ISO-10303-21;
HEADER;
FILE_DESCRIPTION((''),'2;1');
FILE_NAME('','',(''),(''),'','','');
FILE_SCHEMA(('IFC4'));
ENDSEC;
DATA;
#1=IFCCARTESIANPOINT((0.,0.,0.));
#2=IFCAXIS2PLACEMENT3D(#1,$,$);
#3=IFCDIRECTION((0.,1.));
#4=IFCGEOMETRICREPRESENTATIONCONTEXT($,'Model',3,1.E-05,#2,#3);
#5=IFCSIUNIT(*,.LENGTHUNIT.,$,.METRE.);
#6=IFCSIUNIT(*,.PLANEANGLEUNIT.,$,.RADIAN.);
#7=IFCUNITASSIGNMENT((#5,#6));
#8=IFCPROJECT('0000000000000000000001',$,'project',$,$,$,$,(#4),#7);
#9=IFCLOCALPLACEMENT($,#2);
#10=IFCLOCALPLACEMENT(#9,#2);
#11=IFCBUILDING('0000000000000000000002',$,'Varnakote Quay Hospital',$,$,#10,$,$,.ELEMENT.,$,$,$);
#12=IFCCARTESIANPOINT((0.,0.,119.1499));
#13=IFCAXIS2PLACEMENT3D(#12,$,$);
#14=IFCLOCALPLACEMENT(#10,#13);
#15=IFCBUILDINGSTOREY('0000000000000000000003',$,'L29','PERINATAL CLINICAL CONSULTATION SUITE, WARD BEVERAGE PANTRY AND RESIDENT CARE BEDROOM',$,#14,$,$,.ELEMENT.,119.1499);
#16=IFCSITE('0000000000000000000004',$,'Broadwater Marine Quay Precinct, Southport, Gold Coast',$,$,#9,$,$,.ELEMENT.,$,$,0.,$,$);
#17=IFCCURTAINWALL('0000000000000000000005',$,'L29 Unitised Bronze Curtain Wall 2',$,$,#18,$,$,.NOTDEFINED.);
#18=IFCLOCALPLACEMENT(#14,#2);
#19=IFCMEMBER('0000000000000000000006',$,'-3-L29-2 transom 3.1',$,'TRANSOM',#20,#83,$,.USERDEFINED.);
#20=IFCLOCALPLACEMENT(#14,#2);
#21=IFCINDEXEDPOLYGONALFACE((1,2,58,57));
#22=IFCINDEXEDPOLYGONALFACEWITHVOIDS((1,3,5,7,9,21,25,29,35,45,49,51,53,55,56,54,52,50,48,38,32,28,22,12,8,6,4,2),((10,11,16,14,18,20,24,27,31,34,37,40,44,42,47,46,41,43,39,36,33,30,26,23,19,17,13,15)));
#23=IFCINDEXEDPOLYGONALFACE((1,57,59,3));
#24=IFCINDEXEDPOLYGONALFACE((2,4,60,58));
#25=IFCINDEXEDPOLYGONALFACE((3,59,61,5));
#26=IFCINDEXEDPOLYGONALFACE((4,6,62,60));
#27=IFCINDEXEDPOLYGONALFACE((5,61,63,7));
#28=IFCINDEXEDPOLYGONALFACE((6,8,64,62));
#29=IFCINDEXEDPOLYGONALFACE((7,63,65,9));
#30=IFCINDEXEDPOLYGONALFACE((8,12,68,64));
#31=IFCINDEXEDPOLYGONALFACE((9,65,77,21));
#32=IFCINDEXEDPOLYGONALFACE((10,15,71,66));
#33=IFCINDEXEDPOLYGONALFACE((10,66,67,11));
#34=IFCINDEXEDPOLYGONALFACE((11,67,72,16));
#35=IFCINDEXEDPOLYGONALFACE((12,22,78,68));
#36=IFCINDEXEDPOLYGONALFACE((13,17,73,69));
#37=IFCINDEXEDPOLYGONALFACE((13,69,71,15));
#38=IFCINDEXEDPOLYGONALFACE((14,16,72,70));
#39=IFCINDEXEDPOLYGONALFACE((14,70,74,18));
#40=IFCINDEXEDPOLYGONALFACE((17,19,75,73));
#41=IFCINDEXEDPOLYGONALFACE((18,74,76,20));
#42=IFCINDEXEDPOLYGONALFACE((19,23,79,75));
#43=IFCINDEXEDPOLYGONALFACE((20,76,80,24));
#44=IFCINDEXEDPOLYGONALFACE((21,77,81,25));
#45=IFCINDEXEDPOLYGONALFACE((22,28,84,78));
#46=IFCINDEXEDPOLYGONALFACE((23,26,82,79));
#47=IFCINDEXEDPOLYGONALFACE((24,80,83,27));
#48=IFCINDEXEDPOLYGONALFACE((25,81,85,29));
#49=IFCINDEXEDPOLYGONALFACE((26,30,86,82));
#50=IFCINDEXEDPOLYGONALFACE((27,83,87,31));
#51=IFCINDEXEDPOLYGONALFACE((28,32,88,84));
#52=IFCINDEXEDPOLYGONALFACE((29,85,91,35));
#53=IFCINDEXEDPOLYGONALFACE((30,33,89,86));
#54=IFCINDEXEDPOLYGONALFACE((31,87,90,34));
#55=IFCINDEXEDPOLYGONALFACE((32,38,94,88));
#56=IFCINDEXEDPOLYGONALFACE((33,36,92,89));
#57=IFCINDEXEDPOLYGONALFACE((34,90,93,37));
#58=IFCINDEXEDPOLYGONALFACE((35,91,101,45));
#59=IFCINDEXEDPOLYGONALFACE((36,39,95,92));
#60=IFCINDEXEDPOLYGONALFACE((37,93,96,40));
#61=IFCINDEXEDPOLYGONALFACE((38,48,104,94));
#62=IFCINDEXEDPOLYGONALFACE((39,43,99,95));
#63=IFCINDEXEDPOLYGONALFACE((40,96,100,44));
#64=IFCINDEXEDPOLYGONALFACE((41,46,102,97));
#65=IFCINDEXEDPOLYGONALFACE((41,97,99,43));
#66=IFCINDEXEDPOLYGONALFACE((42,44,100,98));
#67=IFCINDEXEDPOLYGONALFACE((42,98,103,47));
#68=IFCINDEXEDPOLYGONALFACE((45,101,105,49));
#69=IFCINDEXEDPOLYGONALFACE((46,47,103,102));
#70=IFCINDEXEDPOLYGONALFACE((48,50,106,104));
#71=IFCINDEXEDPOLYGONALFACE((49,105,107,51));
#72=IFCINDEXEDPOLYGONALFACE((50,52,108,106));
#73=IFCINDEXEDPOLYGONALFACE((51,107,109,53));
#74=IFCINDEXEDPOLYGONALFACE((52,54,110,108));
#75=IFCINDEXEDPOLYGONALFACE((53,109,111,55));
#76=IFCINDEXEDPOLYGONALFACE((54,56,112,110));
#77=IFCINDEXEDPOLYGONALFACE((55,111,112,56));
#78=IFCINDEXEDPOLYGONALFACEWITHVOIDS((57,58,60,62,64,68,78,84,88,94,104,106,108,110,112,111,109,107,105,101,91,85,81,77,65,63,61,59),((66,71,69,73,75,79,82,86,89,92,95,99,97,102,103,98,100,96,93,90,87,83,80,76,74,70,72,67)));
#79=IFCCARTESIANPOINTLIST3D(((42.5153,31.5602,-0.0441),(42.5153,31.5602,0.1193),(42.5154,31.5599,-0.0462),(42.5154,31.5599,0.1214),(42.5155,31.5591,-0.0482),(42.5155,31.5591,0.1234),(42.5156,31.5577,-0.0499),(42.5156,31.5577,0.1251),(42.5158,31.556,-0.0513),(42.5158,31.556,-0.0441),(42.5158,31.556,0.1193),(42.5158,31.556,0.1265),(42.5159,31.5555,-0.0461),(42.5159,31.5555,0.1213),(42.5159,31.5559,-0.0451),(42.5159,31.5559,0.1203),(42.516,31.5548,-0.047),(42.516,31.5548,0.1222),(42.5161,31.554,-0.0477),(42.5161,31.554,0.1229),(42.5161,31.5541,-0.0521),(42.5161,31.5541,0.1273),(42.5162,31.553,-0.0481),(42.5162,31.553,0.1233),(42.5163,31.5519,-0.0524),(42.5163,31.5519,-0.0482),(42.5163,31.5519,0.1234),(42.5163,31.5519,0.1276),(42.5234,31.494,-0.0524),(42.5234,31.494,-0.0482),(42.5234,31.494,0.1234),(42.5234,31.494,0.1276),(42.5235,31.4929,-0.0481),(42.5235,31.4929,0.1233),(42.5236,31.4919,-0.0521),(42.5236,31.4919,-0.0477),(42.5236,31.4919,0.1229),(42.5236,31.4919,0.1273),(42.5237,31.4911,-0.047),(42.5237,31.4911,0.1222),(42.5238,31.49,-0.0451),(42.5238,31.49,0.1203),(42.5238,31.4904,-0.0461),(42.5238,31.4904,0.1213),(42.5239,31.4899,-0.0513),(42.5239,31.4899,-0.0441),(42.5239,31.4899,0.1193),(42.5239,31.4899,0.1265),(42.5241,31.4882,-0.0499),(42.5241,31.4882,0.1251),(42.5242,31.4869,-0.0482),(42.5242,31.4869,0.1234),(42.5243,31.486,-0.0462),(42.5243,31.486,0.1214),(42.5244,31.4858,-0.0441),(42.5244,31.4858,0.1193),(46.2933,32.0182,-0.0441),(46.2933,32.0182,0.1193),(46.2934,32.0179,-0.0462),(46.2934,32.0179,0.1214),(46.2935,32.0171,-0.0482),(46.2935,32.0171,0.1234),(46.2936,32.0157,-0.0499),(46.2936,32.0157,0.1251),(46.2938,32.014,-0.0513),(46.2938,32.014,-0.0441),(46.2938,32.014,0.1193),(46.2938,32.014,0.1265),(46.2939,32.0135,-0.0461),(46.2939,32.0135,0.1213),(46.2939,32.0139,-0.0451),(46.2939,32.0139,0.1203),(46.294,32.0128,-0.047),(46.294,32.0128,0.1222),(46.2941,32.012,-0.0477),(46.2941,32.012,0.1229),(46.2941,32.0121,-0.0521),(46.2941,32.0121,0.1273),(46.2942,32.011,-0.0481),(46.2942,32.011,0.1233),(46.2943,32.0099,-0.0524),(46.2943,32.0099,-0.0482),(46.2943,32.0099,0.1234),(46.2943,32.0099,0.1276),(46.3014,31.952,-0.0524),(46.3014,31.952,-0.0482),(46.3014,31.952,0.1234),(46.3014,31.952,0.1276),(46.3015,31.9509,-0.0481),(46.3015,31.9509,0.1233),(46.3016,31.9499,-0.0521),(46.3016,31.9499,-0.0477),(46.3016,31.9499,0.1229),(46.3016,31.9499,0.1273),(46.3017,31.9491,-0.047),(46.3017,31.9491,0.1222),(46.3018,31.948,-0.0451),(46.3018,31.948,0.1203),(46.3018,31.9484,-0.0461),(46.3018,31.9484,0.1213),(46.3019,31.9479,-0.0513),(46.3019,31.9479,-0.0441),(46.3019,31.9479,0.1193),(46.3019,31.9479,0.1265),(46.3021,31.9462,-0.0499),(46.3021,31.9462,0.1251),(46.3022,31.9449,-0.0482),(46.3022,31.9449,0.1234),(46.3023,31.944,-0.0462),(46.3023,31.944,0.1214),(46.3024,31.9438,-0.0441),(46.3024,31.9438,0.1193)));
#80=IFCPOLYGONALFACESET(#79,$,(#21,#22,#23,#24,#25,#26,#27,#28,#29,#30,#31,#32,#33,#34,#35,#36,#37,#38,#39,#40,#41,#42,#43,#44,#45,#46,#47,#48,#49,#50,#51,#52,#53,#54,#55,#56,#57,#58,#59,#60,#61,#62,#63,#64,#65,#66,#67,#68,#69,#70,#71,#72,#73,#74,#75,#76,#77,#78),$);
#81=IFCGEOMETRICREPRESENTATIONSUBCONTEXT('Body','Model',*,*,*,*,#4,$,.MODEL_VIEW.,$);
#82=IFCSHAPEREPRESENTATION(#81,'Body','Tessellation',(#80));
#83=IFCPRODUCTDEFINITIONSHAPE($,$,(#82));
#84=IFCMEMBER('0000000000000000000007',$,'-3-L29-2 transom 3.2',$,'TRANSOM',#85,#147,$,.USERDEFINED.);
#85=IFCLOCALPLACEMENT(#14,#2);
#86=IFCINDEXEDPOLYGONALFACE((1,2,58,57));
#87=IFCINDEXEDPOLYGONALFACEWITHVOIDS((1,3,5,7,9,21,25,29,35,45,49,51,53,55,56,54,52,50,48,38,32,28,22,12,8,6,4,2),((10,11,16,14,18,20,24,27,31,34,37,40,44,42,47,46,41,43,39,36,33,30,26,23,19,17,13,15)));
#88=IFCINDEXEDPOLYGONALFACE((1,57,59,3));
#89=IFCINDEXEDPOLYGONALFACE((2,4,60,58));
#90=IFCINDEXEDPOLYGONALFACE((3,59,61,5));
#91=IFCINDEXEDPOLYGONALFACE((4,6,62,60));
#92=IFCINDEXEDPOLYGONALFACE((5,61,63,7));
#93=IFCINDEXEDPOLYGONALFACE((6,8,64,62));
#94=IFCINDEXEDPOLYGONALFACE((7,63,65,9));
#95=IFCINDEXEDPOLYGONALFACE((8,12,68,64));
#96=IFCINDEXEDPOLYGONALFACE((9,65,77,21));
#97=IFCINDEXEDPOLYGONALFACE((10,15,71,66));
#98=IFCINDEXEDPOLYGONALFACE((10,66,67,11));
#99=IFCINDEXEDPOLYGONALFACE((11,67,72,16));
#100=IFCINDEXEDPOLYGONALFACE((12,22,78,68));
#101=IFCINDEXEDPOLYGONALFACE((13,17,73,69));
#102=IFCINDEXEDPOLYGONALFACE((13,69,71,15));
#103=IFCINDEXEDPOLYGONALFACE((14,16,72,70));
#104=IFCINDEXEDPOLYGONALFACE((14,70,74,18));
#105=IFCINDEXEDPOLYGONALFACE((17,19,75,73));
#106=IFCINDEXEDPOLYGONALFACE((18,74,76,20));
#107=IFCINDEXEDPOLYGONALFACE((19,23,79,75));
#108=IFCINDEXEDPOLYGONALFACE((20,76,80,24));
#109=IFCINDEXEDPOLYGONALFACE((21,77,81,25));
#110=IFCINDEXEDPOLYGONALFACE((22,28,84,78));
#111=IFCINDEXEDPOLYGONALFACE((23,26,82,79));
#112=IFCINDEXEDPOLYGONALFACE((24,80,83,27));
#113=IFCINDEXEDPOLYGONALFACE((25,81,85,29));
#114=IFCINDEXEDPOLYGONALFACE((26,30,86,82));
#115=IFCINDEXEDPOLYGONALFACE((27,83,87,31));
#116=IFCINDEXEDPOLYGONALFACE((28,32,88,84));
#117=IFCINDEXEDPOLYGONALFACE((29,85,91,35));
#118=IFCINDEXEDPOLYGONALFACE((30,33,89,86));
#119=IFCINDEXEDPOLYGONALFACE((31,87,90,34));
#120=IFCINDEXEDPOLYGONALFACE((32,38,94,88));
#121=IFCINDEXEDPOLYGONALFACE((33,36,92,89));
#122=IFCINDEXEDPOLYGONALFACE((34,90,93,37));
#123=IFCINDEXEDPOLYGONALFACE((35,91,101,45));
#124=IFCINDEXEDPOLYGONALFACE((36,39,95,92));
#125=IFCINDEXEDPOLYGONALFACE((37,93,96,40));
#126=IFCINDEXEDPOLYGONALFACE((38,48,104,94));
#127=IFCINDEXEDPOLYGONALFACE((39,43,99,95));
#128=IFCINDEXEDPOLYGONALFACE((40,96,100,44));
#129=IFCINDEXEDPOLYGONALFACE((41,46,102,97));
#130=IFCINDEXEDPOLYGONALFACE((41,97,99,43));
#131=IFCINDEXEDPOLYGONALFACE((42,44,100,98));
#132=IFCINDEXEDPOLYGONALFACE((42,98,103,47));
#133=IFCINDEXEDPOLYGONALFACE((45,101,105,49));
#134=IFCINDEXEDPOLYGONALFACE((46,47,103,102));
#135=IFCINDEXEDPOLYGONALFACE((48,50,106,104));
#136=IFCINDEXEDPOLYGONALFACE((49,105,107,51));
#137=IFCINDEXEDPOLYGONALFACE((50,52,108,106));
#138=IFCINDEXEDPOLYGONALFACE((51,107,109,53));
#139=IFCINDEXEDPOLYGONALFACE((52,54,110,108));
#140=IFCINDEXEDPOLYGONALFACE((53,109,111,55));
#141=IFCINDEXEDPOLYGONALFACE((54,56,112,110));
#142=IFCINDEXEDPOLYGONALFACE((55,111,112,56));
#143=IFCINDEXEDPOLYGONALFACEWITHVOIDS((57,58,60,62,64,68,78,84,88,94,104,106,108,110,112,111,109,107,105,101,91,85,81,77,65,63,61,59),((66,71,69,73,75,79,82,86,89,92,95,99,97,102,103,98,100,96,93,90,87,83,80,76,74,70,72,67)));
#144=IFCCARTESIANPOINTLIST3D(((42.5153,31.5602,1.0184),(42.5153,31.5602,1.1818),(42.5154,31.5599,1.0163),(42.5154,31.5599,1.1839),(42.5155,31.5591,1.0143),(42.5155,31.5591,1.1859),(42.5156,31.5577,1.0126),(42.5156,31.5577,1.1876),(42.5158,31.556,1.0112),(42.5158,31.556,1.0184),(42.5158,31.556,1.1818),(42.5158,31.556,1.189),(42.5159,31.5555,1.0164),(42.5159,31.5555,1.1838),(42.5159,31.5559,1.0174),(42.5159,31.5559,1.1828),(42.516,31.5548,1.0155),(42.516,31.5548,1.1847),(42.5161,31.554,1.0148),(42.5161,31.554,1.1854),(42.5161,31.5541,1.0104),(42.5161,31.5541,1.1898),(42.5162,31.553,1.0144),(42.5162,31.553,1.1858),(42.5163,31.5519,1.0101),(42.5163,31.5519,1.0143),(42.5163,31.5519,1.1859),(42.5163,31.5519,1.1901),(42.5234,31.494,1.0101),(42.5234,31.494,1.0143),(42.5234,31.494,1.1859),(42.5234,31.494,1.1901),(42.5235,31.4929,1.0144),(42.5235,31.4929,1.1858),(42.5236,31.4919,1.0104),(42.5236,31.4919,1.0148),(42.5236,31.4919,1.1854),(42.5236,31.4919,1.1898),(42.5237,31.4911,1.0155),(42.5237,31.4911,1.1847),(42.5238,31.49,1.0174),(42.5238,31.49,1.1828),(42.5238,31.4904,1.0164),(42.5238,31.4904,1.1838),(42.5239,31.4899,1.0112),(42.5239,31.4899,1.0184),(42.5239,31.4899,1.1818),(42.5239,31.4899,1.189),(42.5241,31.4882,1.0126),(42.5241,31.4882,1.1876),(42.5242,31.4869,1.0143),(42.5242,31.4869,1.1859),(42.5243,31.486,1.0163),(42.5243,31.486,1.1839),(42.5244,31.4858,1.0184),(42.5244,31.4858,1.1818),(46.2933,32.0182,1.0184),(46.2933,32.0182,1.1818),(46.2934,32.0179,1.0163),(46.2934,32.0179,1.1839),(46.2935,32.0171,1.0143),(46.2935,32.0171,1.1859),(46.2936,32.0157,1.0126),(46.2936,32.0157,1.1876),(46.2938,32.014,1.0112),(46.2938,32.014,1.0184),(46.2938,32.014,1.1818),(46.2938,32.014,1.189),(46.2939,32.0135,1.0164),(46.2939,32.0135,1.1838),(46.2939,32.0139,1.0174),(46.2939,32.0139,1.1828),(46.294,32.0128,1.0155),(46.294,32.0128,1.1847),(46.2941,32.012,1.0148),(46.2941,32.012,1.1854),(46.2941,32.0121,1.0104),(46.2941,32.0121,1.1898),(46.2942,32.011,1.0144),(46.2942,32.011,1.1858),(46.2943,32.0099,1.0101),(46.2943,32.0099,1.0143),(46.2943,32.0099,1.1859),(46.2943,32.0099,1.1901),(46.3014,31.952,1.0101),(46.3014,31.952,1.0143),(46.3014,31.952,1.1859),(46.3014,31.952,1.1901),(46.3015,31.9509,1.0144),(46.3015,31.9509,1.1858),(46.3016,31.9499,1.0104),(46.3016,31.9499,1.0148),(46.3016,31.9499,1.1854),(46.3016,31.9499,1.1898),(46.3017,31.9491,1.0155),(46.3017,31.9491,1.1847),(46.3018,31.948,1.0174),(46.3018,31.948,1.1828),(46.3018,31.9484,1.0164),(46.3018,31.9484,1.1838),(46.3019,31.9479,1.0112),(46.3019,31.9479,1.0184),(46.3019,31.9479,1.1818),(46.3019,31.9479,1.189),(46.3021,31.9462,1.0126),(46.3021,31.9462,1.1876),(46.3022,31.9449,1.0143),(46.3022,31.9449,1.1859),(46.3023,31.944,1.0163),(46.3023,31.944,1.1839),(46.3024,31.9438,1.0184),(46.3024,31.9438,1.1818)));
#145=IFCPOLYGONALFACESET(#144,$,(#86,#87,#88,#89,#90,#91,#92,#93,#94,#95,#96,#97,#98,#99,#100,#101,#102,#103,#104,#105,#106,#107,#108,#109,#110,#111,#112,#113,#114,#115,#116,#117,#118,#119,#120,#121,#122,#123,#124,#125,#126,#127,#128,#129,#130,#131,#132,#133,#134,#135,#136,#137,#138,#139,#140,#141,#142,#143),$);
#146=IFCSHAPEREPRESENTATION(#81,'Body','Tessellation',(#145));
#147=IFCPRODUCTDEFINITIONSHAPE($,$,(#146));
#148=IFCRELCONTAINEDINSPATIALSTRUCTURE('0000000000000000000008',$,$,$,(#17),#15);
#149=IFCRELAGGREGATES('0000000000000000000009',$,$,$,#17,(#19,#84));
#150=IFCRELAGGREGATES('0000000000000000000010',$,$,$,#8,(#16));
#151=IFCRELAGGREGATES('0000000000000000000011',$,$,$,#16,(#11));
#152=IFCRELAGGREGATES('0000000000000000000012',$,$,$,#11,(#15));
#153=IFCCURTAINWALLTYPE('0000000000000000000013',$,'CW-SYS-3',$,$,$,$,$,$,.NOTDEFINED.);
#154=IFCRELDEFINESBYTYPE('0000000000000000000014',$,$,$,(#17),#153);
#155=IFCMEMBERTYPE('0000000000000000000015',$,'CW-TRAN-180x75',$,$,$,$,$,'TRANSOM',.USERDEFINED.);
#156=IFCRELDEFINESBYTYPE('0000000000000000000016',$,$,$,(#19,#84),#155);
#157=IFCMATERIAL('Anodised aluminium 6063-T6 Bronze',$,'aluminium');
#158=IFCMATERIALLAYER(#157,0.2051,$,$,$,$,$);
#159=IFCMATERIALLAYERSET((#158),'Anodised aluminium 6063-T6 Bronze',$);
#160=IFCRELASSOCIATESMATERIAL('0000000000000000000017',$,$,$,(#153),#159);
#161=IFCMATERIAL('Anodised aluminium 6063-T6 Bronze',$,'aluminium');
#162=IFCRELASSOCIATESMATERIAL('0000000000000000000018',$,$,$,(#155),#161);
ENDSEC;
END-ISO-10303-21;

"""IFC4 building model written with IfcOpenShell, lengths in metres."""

from ifc_helpers import new_model, si_unit, direction, frame, origin, origin_2d, place, context, subcontext, project, spatial, hollow_rectangle, extrude, material, layer, layer_set, material_profile, profile_set, type_object, element, aggregate, save


model = new_model("IFC4")

# Units and contexts
model_context = context("Model", 3, precision=1e-05, world=origin(), true_north=direction((0.0, 1.0)))
body_context = subcontext(model_context, "Body", "Model", "MODEL_VIEW")
ifc_project = project(units=[si_unit("LENGTHUNIT", "METRE"), si_unit("PLANEANGLEUNIT", "RADIAN")], contexts=[model_context])

# Site, building, storey
site_placement = place(None, origin())
site = spatial("IfcSite", under=ifc_project, at=site_placement, Name="Broadwater Marine Quay Precinct, Southport, Gold Coast", CompositionType="ELEMENT", RefElevation=0.0)
building_placement = place(site_placement, origin())
building = spatial("IfcBuilding", under=site, at=building_placement, Name="Varnakote Quay Hospital", CompositionType="ELEMENT")
storey_placement = place(building_placement, frame((0.0, 0.0, 119.1499)))
storey = spatial("IfcBuildingStorey", under=building, at=storey_placement, Name="L29", Description="PERINATAL CLINICAL CONSULTATION SUITE, WARD BEVERAGE PANTRY AND RESIDENT CARE BEDROOM", CompositionType="ELEMENT", Elevation=119.1499)

# Curtain wall, members
ifc_material_1 = material(Name="Anodised aluminium 6063-T6 Bronze", Category="aluminium")
ifc_layer_1 = layer(ifc_material_1, 0.2051)
ifc_layer_set_1 = layer_set([ifc_layer_1], Name="Anodised aluminium 6063-T6 Bronze")
curtain_wall_type = type_object("IfcCurtainWallType", Name="CW-SYS-3", PredefinedType="NOTDEFINED", material=ifc_layer_set_1)
curtain_wall_placement = place(storey_placement, origin())
curtain_wall = element("IfcCurtainWall", 1, at=curtain_wall_placement, inside=storey, type_object=curtain_wall_type, Name="L29 Unitised Bronze Curtain Wall 2", PredefinedType="NOTDEFINED")
ifc_material_2 = material(Name="Anodised aluminium 6063-T6 Bronze", Category="aluminium")
ifc_material_profile_1 = material_profile(ifc_material_2, hollow_rectangle(XDim=0.075, YDim=0.1799, WallThickness=0.0042, InnerFilletRadius=0.0042, OuterFilletRadius=0.0083, at=origin_2d()), Name="CW-TRAN-180x75")
ifc_profile_set_1 = profile_set([ifc_material_profile_1], Name="Anodised aluminium 6063-T6 Bronze")
member_type_1 = type_object("IfcMemberType", Name="CW-TRAN-180x75", ElementType="TRANSOM", PredefinedType="USERDEFINED", material=ifc_profile_set_1)
member_1_placement = place(storey_placement, frame((46.2979, 31.981, 0.0376), z_axis=(-0.992732, -0.120347, 0.0), x_axis=(0.120347, -0.992732, 0.0)))
member_1 = element("IfcMember", 2, at=member_1_placement, type_object=member_type_1, Name="-3-L29-2 transom 3.1", ObjectType="TRANSOM", PredefinedType="USERDEFINED", context=body_context, shape_type="SweptSolid", body=[
    extrude(hollow_rectangle(XDim=0.075, YDim=0.1799, WallThickness=0.0042, InnerFilletRadius=0.0042, OuterFilletRadius=0.0083, at=origin_2d()), origin(), (0.0, 0.0, 1.0), 3.8057),
])
member_2_placement = place(storey_placement, frame((46.2979, 31.981, 1.1001), z_axis=(-0.992732, -0.120347, 0.0), x_axis=(0.120347, -0.992732, 0.0)))
member_2 = element("IfcMember", 3, at=member_2_placement, type_object=member_type_1, Name="-3-L29-2 transom 3.2", ObjectType="TRANSOM", PredefinedType="USERDEFINED", context=body_context, shape_type="SweptSolid", body=[
    extrude(hollow_rectangle(XDim=0.075, YDim=0.1799, WallThickness=0.0042, InnerFilletRadius=0.0042, OuterFilletRadius=0.0083, at=origin_2d()), origin(), (0.0, 0.0, 1.0), 3.8057),
])

aggregate(curtain_wall, [member_1, member_2])

save(model, "model.ifc")
